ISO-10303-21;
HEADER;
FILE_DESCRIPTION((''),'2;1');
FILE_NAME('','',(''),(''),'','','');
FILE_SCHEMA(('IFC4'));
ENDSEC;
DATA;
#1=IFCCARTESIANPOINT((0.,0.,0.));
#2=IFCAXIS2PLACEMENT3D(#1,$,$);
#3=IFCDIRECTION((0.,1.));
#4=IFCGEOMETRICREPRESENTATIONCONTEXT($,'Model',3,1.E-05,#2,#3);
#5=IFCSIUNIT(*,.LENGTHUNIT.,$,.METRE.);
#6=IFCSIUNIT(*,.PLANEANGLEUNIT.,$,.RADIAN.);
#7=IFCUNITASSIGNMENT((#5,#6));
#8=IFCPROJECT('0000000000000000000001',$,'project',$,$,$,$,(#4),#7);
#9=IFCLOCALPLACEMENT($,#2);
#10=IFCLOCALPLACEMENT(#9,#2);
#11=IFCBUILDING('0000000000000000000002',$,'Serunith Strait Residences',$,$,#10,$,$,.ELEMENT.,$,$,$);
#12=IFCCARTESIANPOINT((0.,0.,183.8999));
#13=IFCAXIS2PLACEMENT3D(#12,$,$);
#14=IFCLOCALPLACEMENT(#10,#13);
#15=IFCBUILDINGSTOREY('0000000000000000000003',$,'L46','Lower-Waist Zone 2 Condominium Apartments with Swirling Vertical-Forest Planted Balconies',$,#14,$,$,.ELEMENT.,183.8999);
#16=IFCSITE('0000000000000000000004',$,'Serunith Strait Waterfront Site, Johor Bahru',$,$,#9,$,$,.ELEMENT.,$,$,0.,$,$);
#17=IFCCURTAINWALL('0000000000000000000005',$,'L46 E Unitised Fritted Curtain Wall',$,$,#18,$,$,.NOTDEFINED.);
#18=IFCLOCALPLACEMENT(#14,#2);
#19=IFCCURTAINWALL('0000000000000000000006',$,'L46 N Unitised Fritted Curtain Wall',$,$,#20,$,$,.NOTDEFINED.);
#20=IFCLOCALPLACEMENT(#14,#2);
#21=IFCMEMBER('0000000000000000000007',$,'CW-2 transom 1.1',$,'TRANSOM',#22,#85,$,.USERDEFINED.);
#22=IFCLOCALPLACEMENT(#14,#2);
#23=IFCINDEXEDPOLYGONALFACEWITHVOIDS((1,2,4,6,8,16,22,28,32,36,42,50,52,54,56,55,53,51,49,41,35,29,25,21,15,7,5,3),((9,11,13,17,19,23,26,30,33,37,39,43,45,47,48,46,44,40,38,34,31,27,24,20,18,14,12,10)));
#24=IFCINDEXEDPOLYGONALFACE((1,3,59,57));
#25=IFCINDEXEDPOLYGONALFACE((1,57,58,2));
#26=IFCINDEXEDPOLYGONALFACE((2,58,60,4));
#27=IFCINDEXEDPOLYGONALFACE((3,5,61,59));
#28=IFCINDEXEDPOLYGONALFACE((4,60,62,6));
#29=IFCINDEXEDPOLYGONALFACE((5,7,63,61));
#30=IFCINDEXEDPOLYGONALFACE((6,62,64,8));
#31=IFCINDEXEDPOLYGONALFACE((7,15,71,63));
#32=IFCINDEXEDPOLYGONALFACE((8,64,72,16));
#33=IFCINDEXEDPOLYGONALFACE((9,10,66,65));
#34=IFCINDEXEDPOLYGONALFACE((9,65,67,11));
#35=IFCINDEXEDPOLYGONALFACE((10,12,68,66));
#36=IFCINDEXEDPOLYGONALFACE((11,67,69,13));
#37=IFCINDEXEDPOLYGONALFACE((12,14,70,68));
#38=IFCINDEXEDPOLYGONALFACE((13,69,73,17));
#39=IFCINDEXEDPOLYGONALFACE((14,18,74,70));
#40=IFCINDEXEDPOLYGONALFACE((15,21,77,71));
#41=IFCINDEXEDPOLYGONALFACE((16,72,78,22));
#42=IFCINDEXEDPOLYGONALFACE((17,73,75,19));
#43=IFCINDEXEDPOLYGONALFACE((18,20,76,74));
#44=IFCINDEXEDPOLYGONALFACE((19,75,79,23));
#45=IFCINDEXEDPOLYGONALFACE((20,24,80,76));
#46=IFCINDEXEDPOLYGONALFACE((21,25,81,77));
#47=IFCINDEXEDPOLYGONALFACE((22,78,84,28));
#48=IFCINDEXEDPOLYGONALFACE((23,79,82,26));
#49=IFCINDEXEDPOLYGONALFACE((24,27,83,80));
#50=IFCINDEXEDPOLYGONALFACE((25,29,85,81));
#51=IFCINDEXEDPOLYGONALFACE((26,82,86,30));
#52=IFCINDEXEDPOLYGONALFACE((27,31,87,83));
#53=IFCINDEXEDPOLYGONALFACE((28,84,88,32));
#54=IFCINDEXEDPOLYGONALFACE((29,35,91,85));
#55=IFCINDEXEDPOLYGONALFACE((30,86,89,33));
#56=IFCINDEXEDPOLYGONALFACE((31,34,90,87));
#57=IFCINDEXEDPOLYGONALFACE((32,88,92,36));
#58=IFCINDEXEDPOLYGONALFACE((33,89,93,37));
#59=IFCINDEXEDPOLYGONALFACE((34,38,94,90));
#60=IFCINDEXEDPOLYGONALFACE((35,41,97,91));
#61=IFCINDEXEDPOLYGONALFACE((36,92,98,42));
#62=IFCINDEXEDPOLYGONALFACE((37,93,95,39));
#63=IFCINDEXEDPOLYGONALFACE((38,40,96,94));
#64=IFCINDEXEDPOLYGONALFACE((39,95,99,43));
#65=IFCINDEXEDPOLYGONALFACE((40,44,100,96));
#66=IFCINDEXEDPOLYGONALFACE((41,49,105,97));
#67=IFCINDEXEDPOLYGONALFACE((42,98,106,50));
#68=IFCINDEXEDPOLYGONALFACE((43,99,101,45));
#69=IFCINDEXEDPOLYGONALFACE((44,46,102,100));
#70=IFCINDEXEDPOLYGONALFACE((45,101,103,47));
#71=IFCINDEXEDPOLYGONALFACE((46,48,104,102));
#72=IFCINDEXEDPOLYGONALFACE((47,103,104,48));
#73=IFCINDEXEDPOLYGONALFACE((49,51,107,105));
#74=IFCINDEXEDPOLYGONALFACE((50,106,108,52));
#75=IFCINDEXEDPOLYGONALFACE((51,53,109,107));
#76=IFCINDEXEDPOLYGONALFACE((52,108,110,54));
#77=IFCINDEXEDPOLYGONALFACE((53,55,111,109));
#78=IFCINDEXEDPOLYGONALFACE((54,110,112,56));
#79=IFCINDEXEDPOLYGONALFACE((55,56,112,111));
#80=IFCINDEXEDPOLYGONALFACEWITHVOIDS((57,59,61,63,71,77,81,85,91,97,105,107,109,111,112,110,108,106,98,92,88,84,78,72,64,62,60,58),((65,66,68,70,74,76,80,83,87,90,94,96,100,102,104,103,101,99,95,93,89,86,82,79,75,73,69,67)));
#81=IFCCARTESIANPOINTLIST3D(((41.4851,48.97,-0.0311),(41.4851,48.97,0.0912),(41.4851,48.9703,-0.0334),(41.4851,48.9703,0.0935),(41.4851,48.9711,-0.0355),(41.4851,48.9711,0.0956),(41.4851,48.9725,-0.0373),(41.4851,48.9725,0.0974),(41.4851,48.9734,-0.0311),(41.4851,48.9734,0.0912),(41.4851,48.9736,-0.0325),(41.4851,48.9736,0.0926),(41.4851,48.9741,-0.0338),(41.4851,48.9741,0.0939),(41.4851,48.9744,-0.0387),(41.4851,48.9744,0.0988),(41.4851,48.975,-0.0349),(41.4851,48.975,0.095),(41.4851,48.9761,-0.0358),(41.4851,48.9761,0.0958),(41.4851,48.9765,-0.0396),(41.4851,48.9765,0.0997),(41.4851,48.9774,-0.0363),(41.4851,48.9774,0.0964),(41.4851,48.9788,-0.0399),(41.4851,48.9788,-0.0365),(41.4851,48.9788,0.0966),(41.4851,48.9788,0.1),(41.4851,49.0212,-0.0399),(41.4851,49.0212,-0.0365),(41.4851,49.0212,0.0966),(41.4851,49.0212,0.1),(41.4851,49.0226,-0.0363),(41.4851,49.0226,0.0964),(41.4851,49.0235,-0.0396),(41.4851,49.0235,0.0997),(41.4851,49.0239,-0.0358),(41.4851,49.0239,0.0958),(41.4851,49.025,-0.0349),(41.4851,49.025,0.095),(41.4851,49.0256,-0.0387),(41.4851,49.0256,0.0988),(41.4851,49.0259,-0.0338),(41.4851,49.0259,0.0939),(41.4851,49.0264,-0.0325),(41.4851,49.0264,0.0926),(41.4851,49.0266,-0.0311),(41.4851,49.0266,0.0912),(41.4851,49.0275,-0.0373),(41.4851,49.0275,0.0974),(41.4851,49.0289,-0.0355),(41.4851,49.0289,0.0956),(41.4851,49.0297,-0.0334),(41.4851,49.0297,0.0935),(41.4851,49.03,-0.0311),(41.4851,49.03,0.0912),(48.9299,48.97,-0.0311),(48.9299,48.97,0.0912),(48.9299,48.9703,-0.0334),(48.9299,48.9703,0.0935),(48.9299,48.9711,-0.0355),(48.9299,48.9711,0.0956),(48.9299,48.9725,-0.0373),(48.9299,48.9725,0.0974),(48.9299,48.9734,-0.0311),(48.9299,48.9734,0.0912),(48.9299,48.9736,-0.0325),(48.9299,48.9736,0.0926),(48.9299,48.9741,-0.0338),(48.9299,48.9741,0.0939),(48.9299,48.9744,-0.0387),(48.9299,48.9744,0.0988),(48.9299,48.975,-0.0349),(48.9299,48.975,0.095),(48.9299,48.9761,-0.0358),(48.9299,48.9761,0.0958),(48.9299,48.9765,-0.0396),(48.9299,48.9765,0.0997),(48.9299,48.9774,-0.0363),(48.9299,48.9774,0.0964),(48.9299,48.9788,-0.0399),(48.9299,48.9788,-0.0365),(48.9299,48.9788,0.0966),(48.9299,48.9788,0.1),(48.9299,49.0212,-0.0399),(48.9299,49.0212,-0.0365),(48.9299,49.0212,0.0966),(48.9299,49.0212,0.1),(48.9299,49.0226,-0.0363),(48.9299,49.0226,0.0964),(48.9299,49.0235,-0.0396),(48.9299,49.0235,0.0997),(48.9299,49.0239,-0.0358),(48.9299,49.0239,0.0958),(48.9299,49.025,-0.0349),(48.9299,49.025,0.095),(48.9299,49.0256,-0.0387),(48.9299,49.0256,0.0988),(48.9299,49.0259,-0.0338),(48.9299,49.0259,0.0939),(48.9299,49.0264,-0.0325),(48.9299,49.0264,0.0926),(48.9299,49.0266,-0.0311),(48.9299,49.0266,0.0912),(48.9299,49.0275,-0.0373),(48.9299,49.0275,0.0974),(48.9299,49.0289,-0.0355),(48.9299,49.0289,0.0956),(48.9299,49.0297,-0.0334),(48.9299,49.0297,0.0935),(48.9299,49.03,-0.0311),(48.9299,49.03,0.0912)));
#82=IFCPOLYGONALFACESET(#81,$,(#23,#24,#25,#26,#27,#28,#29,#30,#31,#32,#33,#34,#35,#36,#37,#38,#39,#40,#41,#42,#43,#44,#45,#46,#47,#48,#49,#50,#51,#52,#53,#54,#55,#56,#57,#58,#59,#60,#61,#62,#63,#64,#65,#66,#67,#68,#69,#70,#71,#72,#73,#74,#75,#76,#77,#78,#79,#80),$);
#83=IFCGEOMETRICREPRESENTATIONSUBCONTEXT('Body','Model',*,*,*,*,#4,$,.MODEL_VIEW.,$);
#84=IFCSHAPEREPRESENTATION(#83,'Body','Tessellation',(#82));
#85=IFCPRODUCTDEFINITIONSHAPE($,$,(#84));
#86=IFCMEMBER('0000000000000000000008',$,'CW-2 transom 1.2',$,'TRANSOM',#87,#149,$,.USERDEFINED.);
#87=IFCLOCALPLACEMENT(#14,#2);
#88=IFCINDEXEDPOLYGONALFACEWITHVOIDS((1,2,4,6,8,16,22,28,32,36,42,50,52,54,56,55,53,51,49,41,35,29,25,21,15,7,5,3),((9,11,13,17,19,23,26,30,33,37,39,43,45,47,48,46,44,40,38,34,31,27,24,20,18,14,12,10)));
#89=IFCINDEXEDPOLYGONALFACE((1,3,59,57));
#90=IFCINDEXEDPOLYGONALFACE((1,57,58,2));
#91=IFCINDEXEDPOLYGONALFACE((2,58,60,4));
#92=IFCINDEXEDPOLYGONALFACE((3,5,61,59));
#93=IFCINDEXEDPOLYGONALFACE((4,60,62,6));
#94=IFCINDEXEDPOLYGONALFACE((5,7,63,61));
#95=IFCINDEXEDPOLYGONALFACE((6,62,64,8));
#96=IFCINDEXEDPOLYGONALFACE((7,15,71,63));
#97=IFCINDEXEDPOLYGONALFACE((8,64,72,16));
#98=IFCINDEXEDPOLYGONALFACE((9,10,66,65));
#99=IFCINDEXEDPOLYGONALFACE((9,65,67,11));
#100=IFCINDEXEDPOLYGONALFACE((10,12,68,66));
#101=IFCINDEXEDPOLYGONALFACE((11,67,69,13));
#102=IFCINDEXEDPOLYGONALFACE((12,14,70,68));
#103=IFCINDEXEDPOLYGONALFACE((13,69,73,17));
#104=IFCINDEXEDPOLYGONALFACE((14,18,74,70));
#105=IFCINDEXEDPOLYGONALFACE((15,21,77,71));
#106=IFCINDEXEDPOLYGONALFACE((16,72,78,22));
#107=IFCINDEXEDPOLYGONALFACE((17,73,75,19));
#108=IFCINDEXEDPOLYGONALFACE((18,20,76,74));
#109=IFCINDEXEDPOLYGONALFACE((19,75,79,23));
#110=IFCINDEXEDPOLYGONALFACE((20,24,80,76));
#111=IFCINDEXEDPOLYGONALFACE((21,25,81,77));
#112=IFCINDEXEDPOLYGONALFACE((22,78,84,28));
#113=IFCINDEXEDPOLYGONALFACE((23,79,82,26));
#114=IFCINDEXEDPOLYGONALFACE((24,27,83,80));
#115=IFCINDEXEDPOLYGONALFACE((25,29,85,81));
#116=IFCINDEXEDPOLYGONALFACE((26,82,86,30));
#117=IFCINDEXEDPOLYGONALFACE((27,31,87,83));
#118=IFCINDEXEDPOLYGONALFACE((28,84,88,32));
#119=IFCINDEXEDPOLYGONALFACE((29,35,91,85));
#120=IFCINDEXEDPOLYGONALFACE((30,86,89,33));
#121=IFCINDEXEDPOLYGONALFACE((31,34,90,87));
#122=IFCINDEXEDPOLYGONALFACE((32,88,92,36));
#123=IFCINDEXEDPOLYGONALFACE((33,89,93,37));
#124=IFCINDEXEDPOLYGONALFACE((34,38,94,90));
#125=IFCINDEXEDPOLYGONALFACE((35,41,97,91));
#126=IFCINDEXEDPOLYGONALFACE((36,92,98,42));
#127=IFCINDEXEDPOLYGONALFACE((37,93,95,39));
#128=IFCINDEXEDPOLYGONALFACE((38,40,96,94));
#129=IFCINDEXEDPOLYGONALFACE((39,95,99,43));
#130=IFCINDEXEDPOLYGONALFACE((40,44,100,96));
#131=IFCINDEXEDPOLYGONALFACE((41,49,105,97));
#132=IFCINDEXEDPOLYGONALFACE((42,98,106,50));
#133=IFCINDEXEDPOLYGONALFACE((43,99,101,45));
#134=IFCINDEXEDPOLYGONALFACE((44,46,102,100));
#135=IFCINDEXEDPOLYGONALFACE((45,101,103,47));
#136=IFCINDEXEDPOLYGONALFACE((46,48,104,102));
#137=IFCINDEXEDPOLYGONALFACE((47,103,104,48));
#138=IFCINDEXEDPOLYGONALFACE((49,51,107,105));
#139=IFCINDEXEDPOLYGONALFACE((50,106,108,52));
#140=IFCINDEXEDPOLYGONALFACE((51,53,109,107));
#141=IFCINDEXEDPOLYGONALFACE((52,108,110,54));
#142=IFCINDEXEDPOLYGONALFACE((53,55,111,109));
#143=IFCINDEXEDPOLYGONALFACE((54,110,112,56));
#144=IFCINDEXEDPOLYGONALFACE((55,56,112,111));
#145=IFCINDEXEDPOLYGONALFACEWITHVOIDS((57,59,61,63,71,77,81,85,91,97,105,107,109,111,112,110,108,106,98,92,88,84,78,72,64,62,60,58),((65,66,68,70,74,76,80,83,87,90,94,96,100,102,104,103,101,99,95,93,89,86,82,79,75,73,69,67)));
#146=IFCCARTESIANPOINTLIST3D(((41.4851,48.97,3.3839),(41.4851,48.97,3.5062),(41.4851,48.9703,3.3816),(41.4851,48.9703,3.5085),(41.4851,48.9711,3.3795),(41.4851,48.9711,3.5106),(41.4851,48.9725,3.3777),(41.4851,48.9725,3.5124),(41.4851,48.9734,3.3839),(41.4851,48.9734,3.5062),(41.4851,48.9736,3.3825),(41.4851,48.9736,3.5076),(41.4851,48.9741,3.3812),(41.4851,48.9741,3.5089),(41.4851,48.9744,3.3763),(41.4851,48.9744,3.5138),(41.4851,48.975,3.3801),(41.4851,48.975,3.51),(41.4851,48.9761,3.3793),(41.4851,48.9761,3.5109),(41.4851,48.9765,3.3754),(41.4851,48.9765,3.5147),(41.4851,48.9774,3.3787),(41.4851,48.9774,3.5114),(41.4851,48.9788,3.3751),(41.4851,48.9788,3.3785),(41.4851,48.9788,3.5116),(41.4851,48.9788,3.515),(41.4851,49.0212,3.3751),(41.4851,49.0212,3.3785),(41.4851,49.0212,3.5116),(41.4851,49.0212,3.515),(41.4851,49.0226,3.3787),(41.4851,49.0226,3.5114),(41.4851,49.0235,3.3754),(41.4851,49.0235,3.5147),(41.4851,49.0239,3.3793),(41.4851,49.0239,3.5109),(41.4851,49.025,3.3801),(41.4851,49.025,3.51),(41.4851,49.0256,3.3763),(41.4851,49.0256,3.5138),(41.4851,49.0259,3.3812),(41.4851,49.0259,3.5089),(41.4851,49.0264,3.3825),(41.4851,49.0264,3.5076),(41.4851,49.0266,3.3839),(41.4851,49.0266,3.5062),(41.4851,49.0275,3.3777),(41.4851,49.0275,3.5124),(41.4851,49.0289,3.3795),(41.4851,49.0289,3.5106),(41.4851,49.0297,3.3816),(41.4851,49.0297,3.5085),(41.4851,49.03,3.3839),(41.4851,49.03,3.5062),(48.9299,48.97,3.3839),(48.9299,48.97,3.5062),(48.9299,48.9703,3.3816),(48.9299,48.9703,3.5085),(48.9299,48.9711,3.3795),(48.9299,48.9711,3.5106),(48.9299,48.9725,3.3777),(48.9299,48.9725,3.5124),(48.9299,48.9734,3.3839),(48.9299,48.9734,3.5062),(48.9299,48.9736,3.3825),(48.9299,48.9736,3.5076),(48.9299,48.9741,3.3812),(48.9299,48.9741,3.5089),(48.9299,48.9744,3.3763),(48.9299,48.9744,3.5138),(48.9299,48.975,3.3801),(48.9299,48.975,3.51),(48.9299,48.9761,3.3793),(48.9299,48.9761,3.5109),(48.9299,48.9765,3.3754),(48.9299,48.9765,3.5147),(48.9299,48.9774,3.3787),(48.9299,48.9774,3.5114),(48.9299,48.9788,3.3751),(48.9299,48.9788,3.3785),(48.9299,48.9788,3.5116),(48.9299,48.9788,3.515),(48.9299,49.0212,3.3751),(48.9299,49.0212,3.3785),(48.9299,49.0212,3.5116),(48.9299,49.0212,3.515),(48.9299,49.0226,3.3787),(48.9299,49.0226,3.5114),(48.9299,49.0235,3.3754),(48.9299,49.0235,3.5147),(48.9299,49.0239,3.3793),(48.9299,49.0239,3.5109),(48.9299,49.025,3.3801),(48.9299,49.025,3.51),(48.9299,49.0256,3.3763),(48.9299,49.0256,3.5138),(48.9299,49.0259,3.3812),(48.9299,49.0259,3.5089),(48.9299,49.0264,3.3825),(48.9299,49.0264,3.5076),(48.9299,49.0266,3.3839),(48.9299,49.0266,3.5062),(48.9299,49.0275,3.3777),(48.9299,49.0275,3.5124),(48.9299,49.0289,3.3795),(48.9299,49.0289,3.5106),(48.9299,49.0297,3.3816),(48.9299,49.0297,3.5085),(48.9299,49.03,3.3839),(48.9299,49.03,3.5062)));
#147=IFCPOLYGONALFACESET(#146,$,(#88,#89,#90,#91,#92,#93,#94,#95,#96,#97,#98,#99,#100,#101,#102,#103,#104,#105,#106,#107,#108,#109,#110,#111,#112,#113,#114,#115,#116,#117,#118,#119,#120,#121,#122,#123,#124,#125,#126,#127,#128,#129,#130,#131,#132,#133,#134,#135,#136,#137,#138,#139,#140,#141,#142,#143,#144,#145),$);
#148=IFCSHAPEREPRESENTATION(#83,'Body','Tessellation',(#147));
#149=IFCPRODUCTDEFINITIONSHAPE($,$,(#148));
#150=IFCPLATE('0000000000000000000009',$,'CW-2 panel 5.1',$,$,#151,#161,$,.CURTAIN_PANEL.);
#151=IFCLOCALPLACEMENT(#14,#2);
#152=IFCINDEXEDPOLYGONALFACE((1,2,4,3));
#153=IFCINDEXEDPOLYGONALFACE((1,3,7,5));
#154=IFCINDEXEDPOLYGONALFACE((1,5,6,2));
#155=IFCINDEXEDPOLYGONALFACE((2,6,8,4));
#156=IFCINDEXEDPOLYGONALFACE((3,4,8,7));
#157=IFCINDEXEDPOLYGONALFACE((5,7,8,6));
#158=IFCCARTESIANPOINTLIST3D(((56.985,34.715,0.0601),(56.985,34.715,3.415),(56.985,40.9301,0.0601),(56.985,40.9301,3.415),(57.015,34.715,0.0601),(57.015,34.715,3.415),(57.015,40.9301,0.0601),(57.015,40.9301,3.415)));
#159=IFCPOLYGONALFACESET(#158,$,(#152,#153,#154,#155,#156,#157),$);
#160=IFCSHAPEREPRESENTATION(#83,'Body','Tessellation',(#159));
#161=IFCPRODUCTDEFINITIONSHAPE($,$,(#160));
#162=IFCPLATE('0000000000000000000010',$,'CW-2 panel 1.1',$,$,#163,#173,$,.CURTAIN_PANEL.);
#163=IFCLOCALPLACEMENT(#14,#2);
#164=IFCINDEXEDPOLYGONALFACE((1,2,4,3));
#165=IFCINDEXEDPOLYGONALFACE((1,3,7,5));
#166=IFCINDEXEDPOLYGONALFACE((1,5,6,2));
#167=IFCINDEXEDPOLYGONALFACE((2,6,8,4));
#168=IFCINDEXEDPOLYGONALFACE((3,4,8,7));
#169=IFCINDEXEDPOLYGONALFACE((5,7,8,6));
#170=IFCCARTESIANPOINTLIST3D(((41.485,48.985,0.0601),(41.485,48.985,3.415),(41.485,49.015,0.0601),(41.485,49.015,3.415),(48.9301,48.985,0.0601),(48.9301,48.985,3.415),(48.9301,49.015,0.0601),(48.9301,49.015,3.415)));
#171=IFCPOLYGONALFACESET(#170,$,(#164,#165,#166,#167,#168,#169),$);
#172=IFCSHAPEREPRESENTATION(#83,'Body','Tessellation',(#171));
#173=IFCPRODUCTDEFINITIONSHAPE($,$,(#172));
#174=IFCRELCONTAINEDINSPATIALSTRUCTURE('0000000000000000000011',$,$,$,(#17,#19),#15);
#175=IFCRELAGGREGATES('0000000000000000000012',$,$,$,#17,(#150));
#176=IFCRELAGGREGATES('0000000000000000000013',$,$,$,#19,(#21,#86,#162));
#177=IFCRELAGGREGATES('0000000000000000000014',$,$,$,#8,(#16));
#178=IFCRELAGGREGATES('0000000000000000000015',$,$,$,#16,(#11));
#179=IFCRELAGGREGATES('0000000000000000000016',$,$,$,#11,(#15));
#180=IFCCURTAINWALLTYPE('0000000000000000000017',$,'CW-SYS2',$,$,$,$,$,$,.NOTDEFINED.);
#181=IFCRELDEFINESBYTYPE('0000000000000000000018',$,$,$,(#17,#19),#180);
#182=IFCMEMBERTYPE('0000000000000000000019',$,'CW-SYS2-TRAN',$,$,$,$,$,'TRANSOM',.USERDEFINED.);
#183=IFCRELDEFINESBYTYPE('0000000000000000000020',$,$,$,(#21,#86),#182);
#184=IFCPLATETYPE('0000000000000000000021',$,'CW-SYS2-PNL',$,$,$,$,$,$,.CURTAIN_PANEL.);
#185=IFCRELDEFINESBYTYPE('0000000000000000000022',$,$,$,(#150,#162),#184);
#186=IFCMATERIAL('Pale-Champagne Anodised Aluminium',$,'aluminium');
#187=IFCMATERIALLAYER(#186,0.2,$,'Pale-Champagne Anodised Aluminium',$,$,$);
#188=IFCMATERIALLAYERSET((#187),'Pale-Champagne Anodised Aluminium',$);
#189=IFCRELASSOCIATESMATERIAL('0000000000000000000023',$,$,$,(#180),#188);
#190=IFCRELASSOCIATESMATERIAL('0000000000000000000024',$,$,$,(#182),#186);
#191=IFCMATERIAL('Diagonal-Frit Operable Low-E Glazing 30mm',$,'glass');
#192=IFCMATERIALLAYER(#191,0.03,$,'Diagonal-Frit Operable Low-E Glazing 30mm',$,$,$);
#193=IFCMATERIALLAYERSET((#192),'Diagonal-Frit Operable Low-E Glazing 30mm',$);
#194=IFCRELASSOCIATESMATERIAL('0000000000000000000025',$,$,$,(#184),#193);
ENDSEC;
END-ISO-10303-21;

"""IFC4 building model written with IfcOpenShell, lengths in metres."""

from ifc_helpers import new_model, si_unit, direction, frame, origin, origin_2d, place, context, subcontext, project, spatial, rectangle, hollow_rectangle, extrude, source, transform, mapped, material, layer, layer_set, material_profile, profile_set, type_object, element, aggregate, save


model = new_model("IFC4")

# Units and contexts
model_context = context("Model", 3, precision=1e-05, world=origin(), true_north=direction((0.0, 1.0)))
body_context = subcontext(model_context, "Body", "Model", "MODEL_VIEW")
ifc_project = project(units=[si_unit("LENGTHUNIT", "METRE"), si_unit("PLANEANGLEUNIT", "RADIAN")], contexts=[model_context])

# Site, building, storey
site_placement = place(None, origin())
site = spatial("IfcSite", under=ifc_project, at=site_placement, Name="Serunith Strait Waterfront Site, Johor Bahru", CompositionType="ELEMENT", RefElevation=0.0)
building_placement = place(site_placement, origin())
building = spatial("IfcBuilding", under=site, at=building_placement, Name="Serunith Strait Residences", CompositionType="ELEMENT")
storey_placement = place(building_placement, frame((0.0, 0.0, 183.8999)))
storey = spatial("IfcBuildingStorey", under=building, at=storey_placement, Name="L46", Description="Lower-Waist Zone 2 Condominium Apartments with Swirling Vertical-Forest Planted Balconies", CompositionType="ELEMENT", Elevation=183.8999)

# Curtain wall
ifc_material_1 = material(Name="Pale-Champagne Anodised Aluminium", Category="aluminium")
ifc_layer_1 = layer(ifc_material_1, 0.2, Name="Pale-Champagne Anodised Aluminium")
ifc_layer_set_1 = layer_set([ifc_layer_1], Name="Pale-Champagne Anodised Aluminium")
curtain_wall_type = type_object("IfcCurtainWallType", Name="CW-SYS2", PredefinedType="NOTDEFINED", material=ifc_layer_set_1)
curtain_wall_1_placement = place(storey_placement, origin())
curtain_wall_1 = element("IfcCurtainWall", 1, at=curtain_wall_1_placement, inside=storey, type_object=curtain_wall_type, Name="L46 E Unitised Fritted Curtain Wall", PredefinedType="NOTDEFINED")

# Curtain wall, members
curtain_wall_2_placement = place(storey_placement, origin())
curtain_wall_2 = element("IfcCurtainWall", 2, at=curtain_wall_2_placement, inside=storey, type_object=curtain_wall_type, Name="L46 N Unitised Fritted Curtain Wall", PredefinedType="NOTDEFINED")
ifc_material_profile_1 = material_profile(ifc_material_1, hollow_rectangle(XDim=0.0601, YDim=0.1399, WallThickness=0.0034, InnerFilletRadius=0.0054, OuterFilletRadius=0.0088, at=origin_2d()), Name="ALU 140x60x3.5")
ifc_profile_set_1 = profile_set([ifc_material_profile_1], Name="Pale-Champagne Anodised Aluminium")
member_type_1 = type_object("IfcMemberType", Name="CW-SYS2-TRAN", ElementType="TRANSOM", PredefinedType="USERDEFINED", material=ifc_profile_set_1)
shared_shape_1 = source(origin(), body_context, "Body", "SweptSolid", [
    extrude(hollow_rectangle(XDim=0.0601, YDim=0.1399, WallThickness=0.0034, InnerFilletRadius=0.0054, OuterFilletRadius=0.0088, at=origin_2d()), origin(), (0.0, 0.0, 1.0), 7.4448),
])
member_1_placement = place(storey_placement, frame((48.9299, 49.0, 0.03), z_axis=(-1.0, 0.0, 0.0), x_axis=(0.0, -1.0, 0.0)))
member_1 = element("IfcMember", 3, at=member_1_placement, type_object=member_type_1, Name="CW-2 transom 1.1", ObjectType="TRANSOM", PredefinedType="USERDEFINED", context=body_context, shape_type="MappedRepresentation", body=[
    mapped(shared_shape_1, transform((0.0, 0.0, 0.0), scale=1.0)),
])
member_2_placement = place(storey_placement, frame((48.9299, 49.0, 3.4451), z_axis=(-1.0, 0.0, 0.0), x_axis=(0.0, -1.0, 0.0)))
member_2 = element("IfcMember", 4, at=member_2_placement, type_object=member_type_1, Name="CW-2 transom 1.2", ObjectType="TRANSOM", PredefinedType="USERDEFINED", context=body_context, shape_type="MappedRepresentation", body=[
    mapped(shared_shape_1, transform((0.0, 0.0, 0.0), scale=1.0)),
])

# Plates
ifc_material_2 = material(Name="Diagonal-Frit Operable Low-E Glazing 30mm", Category="glass")
ifc_layer_2 = layer(ifc_material_2, 0.03, Name="Diagonal-Frit Operable Low-E Glazing 30mm")
ifc_layer_set_2 = layer_set([ifc_layer_2], Name="Diagonal-Frit Operable Low-E Glazing 30mm")
plate_type = type_object("IfcPlateType", Name="CW-SYS2-PNL", PredefinedType="CURTAIN_PANEL", material=ifc_layer_set_2)
shared_shape_2 = source(origin(), body_context, "Body", "SweptSolid", [
    extrude(rectangle(XDim=6.2151, YDim=0.03, at=origin_2d()), origin(), (0.0, 0.0, 1.0), 3.355),
])
plate_1_placement = place(storey_placement, frame((57.0, 37.8225, 0.0601), z_axis=(0.0, 0.0, 1.0), x_axis=(0.0, 1.0, 0.0)))
plate_1 = element("IfcPlate", 5, at=plate_1_placement, type_object=plate_type, Name="CW-2 panel 5.1", PredefinedType="CURTAIN_PANEL", context=body_context, shape_type="MappedRepresentation", body=[
    mapped(shared_shape_2, transform((0.0, 0.0, 0.0), scale=1.0)),
])
aggregate(curtain_wall_1, [plate_1])
shared_shape_3 = source(origin(), body_context, "Body", "SweptSolid", [
    extrude(rectangle(XDim=7.4451, YDim=0.03, at=origin_2d()), origin(), (0.0, 0.0, 1.0), 3.355),
])
plate_2_placement = place(storey_placement, frame((45.2075, 49.0, 0.0601), z_axis=(0.0, 0.0, 1.0), x_axis=(-1.0, 0.0, 0.0)))
plate_2 = element("IfcPlate", 6, at=plate_2_placement, type_object=plate_type, Name="CW-2 panel 1.1", PredefinedType="CURTAIN_PANEL", context=body_context, shape_type="MappedRepresentation", body=[
    mapped(shared_shape_3, transform((0.0, 0.0, 0.0), scale=1.0)),
])
aggregate(curtain_wall_2, [member_1, member_2, plate_2])

save(model, "model.ifc")
